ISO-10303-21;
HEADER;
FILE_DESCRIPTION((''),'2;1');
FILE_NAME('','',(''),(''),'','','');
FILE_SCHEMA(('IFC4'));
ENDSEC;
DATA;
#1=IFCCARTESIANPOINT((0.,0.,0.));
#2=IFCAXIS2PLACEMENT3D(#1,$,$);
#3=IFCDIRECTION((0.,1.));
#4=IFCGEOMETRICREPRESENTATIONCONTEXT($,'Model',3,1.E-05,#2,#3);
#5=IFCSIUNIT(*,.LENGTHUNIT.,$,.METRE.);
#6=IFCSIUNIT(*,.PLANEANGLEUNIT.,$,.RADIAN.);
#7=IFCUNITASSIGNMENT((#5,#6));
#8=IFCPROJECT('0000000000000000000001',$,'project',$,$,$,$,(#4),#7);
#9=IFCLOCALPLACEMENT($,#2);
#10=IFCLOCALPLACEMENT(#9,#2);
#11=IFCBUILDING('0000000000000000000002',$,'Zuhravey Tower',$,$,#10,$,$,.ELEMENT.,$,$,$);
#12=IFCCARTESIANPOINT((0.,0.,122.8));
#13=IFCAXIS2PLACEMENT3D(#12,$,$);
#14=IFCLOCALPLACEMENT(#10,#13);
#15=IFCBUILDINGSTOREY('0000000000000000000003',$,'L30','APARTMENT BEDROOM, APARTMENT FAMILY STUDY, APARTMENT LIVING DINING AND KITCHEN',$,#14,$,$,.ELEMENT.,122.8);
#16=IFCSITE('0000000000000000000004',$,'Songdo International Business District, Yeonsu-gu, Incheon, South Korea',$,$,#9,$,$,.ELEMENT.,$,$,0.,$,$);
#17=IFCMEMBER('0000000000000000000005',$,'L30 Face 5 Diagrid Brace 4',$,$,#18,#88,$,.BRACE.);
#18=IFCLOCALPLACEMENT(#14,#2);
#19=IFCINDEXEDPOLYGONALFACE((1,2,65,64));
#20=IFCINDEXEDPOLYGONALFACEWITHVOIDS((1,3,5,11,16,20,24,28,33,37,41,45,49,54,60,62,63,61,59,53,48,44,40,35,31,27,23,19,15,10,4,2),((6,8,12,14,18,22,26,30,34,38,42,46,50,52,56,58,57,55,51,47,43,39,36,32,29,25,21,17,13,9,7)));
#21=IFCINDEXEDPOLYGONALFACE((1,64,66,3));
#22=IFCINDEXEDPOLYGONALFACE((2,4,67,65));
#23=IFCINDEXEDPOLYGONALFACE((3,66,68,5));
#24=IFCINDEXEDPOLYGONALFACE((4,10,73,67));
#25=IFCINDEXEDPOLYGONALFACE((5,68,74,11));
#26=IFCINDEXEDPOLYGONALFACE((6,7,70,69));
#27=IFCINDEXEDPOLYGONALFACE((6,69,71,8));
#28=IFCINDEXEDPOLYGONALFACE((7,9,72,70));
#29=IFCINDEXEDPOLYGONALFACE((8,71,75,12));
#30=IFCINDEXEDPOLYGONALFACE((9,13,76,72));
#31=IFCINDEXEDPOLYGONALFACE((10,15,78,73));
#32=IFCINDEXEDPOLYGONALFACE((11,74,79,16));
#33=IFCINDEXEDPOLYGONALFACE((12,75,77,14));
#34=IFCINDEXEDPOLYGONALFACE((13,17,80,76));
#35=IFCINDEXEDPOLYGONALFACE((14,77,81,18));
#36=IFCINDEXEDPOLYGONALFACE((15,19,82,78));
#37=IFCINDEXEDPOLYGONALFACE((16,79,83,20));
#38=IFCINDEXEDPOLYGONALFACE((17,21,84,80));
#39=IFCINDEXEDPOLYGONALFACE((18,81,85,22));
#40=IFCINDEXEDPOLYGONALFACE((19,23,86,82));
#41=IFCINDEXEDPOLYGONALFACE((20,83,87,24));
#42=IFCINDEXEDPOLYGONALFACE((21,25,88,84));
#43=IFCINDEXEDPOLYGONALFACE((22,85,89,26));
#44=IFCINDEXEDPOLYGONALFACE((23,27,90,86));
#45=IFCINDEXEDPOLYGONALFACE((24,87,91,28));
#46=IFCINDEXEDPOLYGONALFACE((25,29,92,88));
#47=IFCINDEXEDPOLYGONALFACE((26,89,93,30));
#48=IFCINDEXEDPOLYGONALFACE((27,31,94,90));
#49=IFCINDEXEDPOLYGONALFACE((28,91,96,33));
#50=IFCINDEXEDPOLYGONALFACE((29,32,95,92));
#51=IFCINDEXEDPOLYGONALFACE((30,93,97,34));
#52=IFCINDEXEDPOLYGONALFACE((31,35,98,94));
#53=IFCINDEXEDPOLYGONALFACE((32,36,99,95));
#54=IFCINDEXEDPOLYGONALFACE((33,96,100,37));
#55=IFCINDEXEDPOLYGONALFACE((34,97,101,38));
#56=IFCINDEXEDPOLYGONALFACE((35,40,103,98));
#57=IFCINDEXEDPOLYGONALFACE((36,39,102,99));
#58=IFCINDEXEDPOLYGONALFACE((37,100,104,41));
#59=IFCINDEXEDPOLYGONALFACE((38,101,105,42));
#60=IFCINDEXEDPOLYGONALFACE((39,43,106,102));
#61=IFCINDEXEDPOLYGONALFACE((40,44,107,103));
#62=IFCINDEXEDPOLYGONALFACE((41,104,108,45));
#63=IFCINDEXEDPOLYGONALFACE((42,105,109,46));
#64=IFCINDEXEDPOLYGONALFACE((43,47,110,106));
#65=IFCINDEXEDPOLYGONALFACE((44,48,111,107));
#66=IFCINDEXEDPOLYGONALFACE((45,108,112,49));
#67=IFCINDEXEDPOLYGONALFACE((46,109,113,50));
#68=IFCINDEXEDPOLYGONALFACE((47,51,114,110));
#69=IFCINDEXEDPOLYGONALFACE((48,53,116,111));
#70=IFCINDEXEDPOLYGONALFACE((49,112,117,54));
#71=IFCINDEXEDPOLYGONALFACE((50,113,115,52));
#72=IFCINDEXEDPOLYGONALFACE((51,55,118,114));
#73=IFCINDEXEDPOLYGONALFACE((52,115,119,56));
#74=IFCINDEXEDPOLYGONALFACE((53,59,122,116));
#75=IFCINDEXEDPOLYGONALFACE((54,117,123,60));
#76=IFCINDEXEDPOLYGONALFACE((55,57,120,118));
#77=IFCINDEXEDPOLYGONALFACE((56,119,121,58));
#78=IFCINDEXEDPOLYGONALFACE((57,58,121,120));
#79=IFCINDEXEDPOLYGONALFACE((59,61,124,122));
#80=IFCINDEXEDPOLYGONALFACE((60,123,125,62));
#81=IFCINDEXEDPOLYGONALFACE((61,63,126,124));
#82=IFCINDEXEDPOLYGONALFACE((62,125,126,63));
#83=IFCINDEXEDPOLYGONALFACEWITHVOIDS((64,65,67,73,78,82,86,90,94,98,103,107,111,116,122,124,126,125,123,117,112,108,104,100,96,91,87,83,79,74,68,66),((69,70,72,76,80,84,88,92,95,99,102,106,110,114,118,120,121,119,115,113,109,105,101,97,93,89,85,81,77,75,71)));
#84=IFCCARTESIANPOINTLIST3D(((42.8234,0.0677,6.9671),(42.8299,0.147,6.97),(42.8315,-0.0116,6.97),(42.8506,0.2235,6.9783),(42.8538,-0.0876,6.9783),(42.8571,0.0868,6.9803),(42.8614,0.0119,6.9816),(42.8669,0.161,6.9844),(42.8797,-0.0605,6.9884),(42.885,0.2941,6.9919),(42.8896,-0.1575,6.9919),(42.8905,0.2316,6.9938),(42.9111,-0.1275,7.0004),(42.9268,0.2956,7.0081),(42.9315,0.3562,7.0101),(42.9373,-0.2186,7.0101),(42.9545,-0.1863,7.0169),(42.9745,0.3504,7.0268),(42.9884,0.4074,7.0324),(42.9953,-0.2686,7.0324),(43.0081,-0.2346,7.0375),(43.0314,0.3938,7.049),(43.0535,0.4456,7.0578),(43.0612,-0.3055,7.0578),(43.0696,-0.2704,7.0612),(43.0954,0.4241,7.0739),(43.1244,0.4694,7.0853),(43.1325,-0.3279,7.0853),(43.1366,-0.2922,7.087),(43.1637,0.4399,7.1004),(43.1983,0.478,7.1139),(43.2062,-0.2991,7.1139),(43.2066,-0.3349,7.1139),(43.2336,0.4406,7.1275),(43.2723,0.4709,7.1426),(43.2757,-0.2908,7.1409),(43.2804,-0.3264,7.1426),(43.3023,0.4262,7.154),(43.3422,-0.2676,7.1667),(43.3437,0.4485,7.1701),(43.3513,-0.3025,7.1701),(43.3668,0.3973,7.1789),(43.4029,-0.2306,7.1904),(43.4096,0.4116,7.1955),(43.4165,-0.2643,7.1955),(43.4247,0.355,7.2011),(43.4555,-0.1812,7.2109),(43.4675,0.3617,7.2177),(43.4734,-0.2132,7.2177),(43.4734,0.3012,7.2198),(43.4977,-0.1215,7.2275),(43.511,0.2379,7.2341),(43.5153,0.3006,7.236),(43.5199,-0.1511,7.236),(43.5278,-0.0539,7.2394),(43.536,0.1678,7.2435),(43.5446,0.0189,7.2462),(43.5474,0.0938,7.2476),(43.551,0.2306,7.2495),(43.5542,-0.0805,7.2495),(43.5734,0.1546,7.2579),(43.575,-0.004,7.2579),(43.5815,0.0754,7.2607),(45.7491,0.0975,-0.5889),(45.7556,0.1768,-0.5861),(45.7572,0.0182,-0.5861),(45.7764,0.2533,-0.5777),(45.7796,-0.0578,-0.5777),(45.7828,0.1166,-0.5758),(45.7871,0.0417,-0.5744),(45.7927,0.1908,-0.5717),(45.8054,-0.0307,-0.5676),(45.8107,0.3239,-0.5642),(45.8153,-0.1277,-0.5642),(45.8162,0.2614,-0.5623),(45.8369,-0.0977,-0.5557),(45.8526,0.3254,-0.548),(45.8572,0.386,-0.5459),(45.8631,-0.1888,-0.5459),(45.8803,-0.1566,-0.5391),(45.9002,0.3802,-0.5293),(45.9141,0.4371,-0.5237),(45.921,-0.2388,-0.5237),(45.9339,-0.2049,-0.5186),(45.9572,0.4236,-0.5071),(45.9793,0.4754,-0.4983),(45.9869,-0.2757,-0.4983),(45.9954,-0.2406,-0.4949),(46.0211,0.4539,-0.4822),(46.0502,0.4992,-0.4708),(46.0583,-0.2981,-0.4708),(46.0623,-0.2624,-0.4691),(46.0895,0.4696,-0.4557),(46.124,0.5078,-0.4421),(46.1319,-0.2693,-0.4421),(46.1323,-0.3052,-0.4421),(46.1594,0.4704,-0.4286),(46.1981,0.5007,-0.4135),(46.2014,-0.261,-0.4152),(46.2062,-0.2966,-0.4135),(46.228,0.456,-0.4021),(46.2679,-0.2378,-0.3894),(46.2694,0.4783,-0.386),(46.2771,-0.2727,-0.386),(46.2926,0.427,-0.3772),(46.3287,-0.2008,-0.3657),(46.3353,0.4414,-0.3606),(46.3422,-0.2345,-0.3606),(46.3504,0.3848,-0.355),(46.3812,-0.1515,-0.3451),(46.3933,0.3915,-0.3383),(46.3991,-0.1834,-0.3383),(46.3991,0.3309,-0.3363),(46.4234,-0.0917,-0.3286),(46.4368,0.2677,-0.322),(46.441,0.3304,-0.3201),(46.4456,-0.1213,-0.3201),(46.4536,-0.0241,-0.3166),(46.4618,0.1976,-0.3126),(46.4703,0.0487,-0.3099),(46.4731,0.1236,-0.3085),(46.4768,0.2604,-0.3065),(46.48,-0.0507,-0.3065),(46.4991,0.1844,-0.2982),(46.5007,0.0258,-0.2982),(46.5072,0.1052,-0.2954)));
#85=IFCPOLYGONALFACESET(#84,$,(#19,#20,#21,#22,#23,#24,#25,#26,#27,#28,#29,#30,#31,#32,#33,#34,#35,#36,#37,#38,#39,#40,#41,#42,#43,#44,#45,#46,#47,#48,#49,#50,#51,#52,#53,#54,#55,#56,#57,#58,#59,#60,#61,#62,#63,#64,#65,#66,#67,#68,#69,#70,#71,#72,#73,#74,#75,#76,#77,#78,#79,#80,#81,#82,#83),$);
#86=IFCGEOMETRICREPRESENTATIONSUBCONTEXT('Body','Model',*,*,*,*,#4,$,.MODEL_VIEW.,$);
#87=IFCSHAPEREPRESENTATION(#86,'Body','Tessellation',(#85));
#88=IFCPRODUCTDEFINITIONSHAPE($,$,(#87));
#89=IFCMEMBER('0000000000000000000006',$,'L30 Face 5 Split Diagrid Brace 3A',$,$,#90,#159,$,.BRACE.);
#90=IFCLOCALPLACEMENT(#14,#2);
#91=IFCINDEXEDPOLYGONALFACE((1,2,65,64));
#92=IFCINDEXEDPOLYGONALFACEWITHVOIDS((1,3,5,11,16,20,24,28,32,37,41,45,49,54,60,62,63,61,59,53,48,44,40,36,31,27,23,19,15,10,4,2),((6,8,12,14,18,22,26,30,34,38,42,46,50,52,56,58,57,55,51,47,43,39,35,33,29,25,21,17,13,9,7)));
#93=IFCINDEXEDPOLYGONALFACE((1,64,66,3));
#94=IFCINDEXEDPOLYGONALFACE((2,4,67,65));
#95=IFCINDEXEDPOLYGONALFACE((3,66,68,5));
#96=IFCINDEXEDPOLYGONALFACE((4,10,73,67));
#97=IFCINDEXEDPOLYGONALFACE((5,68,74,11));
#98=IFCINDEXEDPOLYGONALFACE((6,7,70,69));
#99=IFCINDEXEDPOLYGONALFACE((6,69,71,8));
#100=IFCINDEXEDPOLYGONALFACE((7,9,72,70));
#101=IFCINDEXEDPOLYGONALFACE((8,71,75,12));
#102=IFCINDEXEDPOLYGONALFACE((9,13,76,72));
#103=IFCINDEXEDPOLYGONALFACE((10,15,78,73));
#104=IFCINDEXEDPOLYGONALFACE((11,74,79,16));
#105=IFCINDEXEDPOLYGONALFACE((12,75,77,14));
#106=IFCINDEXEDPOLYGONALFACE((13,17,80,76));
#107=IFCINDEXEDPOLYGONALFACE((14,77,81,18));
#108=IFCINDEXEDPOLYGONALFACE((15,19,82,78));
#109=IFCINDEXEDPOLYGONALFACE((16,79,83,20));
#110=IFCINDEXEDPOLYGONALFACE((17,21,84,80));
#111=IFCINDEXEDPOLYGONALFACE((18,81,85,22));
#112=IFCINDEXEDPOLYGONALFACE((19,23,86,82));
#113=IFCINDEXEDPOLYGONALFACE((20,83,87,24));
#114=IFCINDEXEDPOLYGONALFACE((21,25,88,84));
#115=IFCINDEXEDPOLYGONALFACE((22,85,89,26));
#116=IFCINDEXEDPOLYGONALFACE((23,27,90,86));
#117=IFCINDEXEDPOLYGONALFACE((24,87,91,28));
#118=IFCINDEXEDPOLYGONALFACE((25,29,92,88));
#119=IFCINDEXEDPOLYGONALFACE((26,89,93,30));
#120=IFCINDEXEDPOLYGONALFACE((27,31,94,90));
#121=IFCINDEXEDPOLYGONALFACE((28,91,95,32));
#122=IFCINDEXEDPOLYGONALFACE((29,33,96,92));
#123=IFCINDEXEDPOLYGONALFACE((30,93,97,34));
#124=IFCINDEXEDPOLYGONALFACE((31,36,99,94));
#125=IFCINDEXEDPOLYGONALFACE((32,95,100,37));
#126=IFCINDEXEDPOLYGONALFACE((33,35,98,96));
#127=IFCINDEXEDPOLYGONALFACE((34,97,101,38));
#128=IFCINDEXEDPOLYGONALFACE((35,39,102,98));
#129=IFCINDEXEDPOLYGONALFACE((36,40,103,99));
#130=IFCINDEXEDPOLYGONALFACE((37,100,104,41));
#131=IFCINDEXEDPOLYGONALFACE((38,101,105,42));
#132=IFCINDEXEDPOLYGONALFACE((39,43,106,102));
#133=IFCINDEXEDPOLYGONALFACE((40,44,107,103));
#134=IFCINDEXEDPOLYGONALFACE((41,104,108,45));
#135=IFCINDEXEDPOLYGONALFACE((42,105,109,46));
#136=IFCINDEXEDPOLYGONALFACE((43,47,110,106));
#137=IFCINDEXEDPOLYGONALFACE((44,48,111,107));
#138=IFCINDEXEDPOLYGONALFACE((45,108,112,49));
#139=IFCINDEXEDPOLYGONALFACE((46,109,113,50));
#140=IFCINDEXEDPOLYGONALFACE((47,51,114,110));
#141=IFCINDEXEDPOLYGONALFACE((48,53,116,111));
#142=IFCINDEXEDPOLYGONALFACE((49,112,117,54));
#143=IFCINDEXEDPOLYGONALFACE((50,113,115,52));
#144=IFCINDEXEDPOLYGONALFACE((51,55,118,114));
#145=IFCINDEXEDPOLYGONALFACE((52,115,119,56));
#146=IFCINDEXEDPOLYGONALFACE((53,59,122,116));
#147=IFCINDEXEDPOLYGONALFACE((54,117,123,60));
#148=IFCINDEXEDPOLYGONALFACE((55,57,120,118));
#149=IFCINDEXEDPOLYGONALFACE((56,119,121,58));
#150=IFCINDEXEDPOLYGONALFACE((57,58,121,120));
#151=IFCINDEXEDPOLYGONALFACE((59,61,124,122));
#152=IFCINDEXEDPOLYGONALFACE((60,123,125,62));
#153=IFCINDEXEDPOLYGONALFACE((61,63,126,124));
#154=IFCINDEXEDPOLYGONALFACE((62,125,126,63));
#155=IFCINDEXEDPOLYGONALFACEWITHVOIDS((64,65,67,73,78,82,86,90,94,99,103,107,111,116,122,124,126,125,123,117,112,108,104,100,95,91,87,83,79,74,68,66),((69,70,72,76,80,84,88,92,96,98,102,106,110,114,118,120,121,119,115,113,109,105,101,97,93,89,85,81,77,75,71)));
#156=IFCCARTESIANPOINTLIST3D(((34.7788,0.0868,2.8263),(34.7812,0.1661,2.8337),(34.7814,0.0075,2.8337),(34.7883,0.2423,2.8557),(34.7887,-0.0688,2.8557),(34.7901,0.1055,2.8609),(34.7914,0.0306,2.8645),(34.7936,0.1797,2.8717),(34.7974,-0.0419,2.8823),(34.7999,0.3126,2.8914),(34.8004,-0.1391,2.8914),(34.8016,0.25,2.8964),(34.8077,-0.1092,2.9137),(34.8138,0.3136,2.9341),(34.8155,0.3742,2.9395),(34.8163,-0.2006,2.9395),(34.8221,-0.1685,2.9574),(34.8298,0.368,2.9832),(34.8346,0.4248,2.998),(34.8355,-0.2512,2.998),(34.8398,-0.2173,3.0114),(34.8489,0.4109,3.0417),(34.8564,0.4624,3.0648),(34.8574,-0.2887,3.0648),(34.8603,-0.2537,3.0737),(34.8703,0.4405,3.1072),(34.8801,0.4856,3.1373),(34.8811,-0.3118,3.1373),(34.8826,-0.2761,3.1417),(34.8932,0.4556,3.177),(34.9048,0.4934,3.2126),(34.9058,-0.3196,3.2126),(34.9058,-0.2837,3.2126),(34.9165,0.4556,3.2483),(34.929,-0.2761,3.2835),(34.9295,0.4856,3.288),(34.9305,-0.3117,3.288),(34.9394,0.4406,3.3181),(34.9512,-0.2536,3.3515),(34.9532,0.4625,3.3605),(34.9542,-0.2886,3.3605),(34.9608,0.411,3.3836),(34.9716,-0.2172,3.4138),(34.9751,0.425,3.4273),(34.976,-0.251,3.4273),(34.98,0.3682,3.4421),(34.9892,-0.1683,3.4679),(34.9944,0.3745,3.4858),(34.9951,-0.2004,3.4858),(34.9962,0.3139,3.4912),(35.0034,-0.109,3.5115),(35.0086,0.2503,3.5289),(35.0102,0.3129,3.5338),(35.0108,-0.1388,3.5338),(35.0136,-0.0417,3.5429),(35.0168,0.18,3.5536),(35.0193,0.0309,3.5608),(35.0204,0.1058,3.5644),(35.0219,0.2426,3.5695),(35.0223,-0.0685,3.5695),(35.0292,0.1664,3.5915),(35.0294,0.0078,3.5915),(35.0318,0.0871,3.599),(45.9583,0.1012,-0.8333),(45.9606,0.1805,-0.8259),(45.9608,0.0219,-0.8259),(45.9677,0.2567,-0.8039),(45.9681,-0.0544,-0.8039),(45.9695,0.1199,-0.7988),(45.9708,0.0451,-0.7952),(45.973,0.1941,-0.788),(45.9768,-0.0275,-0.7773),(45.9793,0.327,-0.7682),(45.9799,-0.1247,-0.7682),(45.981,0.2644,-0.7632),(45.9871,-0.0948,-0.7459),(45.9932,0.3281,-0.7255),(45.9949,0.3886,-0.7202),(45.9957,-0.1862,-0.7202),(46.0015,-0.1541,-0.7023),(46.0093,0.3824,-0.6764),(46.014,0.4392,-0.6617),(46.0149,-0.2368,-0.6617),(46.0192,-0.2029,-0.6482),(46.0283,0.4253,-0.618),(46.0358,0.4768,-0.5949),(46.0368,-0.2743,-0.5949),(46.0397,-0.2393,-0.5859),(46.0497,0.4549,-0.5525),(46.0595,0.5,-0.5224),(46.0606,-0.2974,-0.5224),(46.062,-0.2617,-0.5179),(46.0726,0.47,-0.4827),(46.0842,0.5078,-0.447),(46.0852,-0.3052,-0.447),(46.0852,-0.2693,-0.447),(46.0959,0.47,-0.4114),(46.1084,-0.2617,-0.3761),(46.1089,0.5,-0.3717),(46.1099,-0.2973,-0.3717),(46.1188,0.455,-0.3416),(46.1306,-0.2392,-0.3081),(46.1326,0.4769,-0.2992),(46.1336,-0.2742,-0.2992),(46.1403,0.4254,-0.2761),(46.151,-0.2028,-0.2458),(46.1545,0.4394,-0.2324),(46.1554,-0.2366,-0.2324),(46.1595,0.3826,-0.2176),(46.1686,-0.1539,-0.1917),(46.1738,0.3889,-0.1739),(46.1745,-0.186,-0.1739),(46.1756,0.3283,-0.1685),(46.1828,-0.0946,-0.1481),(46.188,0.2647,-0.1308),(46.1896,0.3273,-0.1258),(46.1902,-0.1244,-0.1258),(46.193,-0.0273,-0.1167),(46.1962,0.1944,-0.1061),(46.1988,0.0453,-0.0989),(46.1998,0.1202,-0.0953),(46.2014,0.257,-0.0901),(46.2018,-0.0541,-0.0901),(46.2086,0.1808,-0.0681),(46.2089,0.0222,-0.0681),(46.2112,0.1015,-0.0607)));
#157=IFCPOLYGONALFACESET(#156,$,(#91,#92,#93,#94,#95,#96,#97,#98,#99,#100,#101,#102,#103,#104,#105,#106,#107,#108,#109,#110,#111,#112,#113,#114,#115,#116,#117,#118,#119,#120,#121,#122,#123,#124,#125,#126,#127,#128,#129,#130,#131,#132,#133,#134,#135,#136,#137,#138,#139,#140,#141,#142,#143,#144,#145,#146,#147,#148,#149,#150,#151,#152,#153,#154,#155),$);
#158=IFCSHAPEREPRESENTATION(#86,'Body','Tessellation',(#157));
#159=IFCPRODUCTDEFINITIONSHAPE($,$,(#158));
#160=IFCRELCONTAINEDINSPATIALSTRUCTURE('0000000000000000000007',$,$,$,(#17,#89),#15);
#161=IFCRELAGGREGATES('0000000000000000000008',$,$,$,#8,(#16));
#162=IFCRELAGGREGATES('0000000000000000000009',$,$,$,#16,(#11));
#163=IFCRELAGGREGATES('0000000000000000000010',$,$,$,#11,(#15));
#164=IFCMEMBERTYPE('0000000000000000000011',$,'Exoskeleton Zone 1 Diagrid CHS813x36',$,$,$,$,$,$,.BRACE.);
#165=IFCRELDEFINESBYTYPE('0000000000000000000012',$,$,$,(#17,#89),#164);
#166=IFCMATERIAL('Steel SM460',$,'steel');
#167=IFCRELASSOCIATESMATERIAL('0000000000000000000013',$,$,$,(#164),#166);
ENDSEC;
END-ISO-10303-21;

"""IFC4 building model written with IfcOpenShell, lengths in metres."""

from ifc_helpers import new_model, si_unit, direction, frame, origin, origin_2d, place, context, subcontext, project, spatial, hollow_circle, extrude, material, material_profile, profile_set, type_object, element, save


model = new_model("IFC4")

# Units and contexts
model_context = context("Model", 3, precision=1e-05, world=origin(), true_north=direction((0.0, 1.0)))
body_context = subcontext(model_context, "Body", "Model", "MODEL_VIEW")
ifc_project = project(units=[si_unit("LENGTHUNIT", "METRE"), si_unit("PLANEANGLEUNIT", "RADIAN")], contexts=[model_context])

# Site, building, storey
site_placement = place(None, origin())
site = spatial("IfcSite", under=ifc_project, at=site_placement, Name="Songdo International Business District, Yeonsu-gu, Incheon, South Korea", CompositionType="ELEMENT", RefElevation=0.0)
building_placement = place(site_placement, origin())
building = spatial("IfcBuilding", under=site, at=building_placement, Name="Zuhravey Tower", CompositionType="ELEMENT")
storey_placement = place(building_placement, frame((0.0, 0.0, 122.8)))
storey = spatial("IfcBuildingStorey", under=building, at=storey_placement, Name="L30", Description="APARTMENT BEDROOM, APARTMENT FAMILY STUDY, APARTMENT LIVING DINING AND KITCHEN", CompositionType="ELEMENT", Elevation=122.8)

# Members
ifc_material_1 = material(Name="Steel SM460", Category="steel")
ifc_material_profile_1 = material_profile(ifc_material_1, hollow_circle(Radius=0.4065, WallThickness=0.0359, at=origin_2d()), Name="CHS-812.8x36")
ifc_profile_set_1 = profile_set([ifc_material_profile_1], Name="Steel SM460")
member_type_1 = type_object("IfcMemberType", Name="Exoskeleton Zone 1 Diagrid CHS813x36", PredefinedType="BRACE", material=ifc_profile_set_1)
member_1_placement = place(storey_placement, frame((46.1282, 0.1013, -0.4421), z_axis=(-0.36108, -0.003676, 0.932528), x_axis=(0.01018, -0.999948, 0.0)))
element("IfcMember", 1, at=member_1_placement, inside=storey, type_object=member_type_1, Name="L30 Face 5 Diagrid Brace 4", PredefinedType="BRACE", context=body_context, shape_type="SweptSolid", body=[
    extrude(hollow_circle(Radius=0.4065, WallThickness=0.0359, at=origin_2d()), origin(), (0.0, 0.0, 1.0), 8.1028),
])
member_2_placement = place(storey_placement, frame((46.0847, 0.1013, -0.447), z_axis=(-0.950373, -0.001225, 0.311111), x_axis=(0.001288, -0.999999, 0.0)))
element("IfcMember", 2, at=member_2_placement, inside=storey, type_object=member_type_1, Name="L30 Face 5 Split Diagrid Brace 3A", PredefinedType="BRACE", context=body_context, shape_type="SweptSolid", body=[
    extrude(hollow_circle(Radius=0.4065, WallThickness=0.0359, at=origin_2d()), origin(), (0.0, 0.0, 1.0), 11.7632),
])

save(model, "model.ifc")
